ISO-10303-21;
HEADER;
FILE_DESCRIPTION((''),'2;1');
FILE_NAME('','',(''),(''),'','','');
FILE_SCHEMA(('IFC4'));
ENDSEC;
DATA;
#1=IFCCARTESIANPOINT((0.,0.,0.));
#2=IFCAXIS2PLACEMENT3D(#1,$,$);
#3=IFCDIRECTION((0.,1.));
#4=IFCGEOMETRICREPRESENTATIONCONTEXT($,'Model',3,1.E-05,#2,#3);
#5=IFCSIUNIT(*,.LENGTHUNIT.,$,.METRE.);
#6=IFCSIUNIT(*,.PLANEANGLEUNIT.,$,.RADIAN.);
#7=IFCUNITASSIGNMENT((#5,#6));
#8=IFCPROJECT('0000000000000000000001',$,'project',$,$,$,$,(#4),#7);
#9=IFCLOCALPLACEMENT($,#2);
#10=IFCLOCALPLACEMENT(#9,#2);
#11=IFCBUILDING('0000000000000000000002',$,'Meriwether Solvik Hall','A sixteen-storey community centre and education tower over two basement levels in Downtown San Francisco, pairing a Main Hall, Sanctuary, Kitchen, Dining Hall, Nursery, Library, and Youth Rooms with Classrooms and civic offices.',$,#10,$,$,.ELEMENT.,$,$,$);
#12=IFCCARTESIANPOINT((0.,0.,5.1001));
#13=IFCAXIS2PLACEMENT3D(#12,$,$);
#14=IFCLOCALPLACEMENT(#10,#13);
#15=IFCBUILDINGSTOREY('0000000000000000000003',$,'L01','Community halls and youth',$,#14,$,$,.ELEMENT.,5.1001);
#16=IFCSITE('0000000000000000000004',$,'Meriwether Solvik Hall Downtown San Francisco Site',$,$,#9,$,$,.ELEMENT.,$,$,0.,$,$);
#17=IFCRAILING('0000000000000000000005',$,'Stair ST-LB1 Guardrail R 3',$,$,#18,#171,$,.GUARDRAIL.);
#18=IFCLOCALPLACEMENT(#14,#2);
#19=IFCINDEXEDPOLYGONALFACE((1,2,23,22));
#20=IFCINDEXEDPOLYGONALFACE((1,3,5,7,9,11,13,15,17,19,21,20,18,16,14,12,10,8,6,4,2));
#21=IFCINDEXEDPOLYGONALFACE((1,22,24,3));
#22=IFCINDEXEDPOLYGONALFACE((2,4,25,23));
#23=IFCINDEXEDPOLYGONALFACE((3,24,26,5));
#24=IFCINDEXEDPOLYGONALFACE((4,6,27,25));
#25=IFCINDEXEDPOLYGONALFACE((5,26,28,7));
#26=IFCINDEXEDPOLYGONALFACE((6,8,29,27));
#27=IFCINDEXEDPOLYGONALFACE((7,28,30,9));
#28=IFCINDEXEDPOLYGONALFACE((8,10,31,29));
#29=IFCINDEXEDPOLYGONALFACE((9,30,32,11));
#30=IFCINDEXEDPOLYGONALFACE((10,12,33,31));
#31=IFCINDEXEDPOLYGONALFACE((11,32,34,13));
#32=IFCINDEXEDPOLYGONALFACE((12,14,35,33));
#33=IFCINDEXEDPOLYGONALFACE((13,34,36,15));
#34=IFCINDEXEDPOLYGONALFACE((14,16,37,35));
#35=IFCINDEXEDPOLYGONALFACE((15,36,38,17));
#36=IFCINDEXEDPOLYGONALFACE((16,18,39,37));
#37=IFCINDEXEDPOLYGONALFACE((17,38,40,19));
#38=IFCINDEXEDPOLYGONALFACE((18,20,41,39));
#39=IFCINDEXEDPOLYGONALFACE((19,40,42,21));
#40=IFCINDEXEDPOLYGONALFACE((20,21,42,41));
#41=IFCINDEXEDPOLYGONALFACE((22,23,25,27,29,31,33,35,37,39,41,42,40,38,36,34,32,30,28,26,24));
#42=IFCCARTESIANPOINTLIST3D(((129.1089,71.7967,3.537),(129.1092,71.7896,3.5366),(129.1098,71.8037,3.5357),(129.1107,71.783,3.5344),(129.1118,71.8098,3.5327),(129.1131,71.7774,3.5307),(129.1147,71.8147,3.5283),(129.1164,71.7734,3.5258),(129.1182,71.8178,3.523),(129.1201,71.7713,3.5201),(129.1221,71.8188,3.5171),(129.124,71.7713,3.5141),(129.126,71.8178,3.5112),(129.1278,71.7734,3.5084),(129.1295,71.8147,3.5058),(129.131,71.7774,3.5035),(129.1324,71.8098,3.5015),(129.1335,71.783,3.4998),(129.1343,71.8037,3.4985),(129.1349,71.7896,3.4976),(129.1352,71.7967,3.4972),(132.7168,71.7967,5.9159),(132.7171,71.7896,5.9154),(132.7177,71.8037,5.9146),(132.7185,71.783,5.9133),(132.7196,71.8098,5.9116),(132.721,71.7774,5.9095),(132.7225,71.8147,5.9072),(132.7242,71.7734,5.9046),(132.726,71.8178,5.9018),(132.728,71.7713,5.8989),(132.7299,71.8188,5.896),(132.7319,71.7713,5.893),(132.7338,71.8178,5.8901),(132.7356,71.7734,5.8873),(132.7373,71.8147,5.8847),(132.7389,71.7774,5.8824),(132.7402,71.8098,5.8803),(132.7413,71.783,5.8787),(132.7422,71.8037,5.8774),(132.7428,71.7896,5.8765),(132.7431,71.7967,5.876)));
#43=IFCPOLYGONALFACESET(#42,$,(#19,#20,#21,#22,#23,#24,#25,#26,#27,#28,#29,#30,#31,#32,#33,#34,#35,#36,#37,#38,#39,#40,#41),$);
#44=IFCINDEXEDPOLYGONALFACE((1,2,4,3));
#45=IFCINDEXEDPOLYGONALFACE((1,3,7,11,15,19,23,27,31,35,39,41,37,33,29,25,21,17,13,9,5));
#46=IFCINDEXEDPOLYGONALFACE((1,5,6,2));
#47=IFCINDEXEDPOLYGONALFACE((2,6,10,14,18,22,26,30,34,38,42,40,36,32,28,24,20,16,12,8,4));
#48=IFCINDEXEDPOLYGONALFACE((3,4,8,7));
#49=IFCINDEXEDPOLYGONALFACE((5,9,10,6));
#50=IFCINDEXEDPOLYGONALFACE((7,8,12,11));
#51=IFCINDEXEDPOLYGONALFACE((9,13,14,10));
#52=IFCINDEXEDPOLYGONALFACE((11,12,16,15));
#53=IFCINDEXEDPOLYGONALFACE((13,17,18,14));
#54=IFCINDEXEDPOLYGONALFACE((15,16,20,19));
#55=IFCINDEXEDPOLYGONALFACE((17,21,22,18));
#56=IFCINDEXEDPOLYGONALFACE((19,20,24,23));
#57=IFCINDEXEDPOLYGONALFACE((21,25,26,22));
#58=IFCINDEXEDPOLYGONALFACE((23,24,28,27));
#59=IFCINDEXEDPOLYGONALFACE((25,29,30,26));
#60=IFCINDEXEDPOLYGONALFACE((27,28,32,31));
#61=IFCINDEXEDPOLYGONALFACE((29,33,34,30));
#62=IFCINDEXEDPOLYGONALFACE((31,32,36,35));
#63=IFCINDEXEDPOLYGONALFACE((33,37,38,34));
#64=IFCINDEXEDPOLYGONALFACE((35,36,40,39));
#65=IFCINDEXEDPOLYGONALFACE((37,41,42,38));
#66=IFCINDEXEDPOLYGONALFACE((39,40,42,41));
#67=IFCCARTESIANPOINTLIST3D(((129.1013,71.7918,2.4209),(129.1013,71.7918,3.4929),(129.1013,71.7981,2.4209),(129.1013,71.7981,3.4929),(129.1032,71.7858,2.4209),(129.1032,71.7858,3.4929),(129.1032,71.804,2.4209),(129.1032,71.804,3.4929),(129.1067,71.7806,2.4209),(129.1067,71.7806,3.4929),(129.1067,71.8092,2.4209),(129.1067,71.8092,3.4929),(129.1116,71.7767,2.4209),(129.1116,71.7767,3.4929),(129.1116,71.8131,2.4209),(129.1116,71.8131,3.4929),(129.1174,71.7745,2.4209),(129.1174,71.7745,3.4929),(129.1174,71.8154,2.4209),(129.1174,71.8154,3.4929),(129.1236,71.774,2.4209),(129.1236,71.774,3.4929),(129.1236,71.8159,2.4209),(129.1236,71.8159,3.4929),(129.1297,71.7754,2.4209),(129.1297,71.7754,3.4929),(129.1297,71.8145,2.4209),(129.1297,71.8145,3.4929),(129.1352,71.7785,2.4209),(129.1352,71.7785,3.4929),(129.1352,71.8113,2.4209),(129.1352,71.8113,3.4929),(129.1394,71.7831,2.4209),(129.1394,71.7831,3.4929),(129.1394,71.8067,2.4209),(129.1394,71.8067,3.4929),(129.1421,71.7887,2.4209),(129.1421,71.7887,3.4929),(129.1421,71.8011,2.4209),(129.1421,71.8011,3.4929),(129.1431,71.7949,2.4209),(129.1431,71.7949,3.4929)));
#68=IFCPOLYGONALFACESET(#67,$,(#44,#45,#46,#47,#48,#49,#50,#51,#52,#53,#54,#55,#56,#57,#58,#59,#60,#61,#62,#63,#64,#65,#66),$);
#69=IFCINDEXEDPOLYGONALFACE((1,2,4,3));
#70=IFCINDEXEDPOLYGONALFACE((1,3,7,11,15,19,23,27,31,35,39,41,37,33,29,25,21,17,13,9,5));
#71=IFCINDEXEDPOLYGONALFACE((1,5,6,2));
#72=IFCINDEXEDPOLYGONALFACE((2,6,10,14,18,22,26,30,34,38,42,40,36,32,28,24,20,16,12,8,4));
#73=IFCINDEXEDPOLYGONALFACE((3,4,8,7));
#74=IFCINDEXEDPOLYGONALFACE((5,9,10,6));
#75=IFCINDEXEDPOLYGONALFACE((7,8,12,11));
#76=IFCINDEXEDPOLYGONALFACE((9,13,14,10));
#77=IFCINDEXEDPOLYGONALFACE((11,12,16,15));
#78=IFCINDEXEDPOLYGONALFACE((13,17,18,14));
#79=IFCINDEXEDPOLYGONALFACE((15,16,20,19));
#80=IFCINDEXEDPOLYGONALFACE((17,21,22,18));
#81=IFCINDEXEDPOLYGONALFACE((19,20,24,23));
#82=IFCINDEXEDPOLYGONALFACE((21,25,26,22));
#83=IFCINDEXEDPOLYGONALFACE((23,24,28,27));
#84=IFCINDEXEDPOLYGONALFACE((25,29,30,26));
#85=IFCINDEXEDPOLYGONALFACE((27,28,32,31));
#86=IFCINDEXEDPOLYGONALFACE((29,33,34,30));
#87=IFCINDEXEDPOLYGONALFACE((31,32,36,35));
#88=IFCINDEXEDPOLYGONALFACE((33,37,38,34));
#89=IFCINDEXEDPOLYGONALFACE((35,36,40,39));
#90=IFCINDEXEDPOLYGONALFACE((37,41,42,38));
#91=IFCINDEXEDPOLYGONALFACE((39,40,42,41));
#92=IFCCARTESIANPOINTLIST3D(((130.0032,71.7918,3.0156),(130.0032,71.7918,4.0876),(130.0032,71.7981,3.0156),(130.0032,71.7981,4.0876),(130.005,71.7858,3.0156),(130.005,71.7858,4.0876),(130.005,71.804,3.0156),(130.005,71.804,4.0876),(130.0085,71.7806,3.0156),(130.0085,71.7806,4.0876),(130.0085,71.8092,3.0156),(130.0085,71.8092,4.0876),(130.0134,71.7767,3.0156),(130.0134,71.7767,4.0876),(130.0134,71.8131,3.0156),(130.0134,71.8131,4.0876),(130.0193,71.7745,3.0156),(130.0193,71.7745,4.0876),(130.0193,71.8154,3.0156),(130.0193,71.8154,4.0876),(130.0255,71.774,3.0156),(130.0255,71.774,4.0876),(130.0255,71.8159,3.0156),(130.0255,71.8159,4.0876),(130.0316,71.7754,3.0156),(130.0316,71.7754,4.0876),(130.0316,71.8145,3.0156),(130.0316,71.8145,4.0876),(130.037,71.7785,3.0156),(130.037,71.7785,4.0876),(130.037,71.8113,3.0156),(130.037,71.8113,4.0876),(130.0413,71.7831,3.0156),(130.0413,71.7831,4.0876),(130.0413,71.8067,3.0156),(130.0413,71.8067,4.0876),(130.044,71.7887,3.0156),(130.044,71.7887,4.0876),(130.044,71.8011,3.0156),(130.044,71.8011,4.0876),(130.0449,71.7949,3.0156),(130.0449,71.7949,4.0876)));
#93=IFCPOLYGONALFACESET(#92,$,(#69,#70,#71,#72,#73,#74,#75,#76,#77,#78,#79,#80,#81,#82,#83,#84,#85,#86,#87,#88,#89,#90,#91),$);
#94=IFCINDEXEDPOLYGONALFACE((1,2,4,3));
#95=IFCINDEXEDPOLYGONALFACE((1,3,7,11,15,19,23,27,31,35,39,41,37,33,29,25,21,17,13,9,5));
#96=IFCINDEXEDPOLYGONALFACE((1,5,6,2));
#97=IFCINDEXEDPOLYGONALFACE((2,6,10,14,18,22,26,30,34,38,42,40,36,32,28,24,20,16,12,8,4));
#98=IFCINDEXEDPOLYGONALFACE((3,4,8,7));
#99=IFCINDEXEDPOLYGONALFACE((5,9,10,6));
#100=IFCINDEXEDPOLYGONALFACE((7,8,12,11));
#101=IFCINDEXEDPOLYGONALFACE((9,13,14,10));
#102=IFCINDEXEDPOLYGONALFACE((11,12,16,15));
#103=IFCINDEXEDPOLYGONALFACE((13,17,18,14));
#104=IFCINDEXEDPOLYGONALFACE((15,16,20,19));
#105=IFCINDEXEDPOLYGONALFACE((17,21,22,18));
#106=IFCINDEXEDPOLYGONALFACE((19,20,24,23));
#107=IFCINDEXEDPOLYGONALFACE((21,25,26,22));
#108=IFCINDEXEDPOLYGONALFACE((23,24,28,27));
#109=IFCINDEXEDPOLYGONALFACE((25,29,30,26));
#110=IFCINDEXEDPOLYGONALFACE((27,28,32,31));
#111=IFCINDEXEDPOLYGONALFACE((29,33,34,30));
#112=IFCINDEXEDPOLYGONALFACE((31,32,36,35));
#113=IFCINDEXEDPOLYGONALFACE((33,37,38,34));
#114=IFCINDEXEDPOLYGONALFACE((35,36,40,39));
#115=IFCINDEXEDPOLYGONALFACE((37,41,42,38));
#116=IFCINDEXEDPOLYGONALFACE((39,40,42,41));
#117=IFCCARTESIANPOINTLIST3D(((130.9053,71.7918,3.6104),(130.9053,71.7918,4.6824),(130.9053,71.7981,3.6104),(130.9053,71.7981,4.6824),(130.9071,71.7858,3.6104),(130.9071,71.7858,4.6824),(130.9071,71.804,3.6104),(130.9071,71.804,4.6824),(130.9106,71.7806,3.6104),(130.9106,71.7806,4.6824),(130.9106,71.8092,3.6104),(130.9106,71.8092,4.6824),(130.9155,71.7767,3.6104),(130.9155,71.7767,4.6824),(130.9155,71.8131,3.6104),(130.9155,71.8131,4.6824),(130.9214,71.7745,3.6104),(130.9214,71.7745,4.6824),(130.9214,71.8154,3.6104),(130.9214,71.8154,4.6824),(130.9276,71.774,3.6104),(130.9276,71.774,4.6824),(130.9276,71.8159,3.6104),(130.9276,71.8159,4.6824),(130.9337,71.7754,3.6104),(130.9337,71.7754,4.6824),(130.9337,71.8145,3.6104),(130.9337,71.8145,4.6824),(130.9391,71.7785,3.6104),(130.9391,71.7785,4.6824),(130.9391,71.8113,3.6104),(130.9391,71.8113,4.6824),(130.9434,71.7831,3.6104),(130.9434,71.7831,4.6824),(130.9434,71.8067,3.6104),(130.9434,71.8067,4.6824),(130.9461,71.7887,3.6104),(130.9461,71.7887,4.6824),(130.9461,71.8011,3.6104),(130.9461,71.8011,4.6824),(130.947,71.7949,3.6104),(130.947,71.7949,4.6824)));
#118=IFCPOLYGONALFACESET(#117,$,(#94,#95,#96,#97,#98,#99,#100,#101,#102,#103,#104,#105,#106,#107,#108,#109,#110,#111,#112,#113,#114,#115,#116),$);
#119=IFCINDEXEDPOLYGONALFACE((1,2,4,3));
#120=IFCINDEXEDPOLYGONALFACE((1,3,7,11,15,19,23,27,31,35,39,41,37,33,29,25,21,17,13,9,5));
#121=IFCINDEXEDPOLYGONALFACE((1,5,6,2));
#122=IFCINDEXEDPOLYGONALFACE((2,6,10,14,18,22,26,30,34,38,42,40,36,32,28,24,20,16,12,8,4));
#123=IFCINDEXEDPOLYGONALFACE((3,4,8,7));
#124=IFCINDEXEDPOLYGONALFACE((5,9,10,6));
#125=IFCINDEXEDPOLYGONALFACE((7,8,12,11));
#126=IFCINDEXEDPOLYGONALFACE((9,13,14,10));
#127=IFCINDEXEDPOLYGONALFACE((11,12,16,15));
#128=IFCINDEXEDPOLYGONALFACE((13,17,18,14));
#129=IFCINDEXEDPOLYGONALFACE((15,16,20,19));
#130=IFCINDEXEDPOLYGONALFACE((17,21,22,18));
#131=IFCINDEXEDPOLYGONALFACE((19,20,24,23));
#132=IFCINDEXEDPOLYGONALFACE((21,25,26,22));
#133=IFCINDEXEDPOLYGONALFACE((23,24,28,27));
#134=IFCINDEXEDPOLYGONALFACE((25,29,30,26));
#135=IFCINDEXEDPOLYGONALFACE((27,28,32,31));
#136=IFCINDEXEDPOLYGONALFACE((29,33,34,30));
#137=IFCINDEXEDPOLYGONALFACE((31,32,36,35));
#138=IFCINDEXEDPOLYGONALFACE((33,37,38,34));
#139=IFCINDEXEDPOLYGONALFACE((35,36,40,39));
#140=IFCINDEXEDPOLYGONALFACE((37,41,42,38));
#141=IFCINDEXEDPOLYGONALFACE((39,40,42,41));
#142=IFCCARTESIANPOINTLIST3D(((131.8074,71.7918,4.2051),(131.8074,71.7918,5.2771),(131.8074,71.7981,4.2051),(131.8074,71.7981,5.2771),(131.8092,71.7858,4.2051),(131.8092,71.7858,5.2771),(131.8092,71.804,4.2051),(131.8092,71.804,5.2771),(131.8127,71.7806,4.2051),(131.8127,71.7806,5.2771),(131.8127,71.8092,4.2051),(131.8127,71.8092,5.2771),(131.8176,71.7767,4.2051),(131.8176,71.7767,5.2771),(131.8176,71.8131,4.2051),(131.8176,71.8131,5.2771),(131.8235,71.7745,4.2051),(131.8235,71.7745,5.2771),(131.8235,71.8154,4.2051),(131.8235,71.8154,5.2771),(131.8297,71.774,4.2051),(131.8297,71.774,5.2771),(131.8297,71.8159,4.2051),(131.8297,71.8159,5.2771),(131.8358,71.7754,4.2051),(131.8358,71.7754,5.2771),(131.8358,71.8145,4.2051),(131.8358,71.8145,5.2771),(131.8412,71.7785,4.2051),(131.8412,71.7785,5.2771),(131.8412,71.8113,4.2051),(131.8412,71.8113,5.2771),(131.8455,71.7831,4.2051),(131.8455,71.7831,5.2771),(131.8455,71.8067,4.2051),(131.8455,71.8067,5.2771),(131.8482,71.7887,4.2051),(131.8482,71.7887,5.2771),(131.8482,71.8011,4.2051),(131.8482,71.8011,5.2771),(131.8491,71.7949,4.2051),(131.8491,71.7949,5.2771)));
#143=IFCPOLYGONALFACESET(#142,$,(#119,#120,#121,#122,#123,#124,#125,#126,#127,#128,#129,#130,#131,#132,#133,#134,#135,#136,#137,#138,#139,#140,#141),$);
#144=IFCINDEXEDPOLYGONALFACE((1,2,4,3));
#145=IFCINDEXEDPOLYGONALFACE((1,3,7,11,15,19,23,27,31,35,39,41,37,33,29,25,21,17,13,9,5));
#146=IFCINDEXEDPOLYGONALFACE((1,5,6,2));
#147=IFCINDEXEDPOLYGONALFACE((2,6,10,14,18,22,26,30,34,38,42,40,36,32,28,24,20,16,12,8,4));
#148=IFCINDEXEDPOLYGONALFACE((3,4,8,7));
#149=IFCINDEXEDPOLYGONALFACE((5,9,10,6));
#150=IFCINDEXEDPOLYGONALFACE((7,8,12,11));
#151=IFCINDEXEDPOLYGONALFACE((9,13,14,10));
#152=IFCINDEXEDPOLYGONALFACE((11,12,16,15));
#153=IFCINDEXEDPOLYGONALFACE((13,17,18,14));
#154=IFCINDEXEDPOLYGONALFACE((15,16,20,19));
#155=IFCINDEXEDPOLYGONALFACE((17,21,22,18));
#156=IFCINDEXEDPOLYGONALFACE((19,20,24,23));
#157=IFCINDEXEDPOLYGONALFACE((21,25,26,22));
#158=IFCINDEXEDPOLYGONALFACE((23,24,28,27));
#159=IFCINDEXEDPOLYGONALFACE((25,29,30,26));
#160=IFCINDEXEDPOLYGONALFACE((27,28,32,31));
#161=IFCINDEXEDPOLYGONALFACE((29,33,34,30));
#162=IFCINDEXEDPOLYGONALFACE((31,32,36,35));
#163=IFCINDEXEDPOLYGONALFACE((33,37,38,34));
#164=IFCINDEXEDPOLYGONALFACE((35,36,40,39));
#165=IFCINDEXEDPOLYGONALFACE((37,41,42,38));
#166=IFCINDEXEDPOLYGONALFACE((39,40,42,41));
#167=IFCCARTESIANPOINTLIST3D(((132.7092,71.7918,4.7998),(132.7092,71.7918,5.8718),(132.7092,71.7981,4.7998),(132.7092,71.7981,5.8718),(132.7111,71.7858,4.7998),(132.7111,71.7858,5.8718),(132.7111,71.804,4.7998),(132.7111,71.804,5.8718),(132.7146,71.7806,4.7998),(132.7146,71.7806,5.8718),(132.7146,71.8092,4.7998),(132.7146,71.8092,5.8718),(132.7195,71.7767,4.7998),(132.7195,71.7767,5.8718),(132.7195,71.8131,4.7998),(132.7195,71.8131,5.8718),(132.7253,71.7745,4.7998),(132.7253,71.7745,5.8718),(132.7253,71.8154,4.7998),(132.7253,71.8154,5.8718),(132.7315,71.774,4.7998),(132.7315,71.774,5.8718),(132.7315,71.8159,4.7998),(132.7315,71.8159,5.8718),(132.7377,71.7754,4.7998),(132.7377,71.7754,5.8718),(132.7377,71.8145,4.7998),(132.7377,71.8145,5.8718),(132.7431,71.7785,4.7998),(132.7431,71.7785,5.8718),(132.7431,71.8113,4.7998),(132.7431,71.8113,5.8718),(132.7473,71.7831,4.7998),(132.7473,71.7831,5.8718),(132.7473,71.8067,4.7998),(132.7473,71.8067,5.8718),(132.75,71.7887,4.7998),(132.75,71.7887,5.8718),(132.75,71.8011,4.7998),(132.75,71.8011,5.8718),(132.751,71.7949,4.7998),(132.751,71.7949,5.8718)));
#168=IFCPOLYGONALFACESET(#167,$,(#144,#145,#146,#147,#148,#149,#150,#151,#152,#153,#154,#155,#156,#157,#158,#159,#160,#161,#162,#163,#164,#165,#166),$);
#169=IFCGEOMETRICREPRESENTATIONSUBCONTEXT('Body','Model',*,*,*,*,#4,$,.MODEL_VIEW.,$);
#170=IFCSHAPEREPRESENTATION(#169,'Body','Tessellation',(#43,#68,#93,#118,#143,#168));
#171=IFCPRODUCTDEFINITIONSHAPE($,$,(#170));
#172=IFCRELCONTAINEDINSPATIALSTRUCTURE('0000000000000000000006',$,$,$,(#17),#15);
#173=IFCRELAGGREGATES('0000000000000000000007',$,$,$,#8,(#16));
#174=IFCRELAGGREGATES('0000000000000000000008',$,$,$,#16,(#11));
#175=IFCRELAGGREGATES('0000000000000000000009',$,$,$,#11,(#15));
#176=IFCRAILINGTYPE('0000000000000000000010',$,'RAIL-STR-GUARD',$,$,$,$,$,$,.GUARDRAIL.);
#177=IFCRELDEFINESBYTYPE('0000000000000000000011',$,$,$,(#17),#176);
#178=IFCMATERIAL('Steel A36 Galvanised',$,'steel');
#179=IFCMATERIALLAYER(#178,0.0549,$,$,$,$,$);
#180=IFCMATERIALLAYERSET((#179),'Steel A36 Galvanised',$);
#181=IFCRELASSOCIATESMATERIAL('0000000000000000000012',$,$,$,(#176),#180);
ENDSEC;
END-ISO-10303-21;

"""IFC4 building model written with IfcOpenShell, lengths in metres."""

from ifc_helpers import new_model, si_unit, direction, frame, origin, origin_2d, place, context, subcontext, project, spatial, circle, extrude, material, layer, layer_set, type_object, element, save


model = new_model("IFC4")

# Units and contexts
model_context = context("Model", 3, precision=1e-05, world=origin(), true_north=direction((0.0, 1.0)))
body_context = subcontext(model_context, "Body", "Model", "MODEL_VIEW")
ifc_project = project(units=[si_unit("LENGTHUNIT", "METRE"), si_unit("PLANEANGLEUNIT", "RADIAN")], contexts=[model_context])

# Site, building, storey
site_placement = place(None, origin())
site = spatial("IfcSite", under=ifc_project, at=site_placement, Name="Meriwether Solvik Hall Downtown San Francisco Site", CompositionType="ELEMENT", RefElevation=0.0)
building_placement = place(site_placement, origin())
building = spatial("IfcBuilding", under=site, at=building_placement, Name="Meriwether Solvik Hall", Description="A sixteen-storey community centre and education tower over two basement levels in Downtown San Francisco, pairing a Main Hall, Sanctuary, Kitchen, Dining Hall, Nursery, Library, and Youth Rooms with Classrooms and civic offices.", CompositionType="ELEMENT")
storey_placement = place(building_placement, frame((0.0, 0.0, 5.1001)))
storey = spatial("IfcBuildingStorey", under=building, at=storey_placement, Name="L01", Description="Community halls and youth", CompositionType="ELEMENT", Elevation=5.1001)

# Railing
ifc_material_1 = material(Name="Steel A36 Galvanised", Category="steel")
ifc_layer_1 = layer(ifc_material_1, 0.0549)
ifc_layer_set_1 = layer_set([ifc_layer_1], Name="Steel A36 Galvanised")
railing_type_1 = type_object("IfcRailingType", Name="RAIL-STR-GUARD", PredefinedType="GUARDRAIL", material=ifc_layer_set_1)
railing_1_placement = place(storey_placement, frame((129.1221, 71.7949, 2.4209)))
element("IfcRailing", 1, at=railing_1_placement, inside=storey, type_object=railing_type_1, Name="Stair ST-LB1 Guardrail R 3", PredefinedType="GUARDRAIL", context=body_context, shape_type="SweptSolid", body=[
    extrude(circle(Radius=0.0239, at=origin_2d()), frame((0.0, 0.0, 1.0962), z_axis=(0.834856, 0.0, 0.550469), x_axis=(0.0, 1.0, 0.0)), (0.0, 0.0, 1.0), 4.3215),
    extrude(circle(Radius=0.021, at=origin_2d()), origin(), (0.0, 0.0, 1.0), 1.072),
    extrude(circle(Radius=0.021, at=origin_2d()), frame((0.9019, 0.0, 0.5947)), (0.0, 0.0, 1.0), 1.072),
    extrude(circle(Radius=0.021, at=origin_2d()), frame((1.804, 0.0, 1.1895)), (0.0, 0.0, 1.0), 1.072),
    extrude(circle(Radius=0.021, at=origin_2d()), frame((2.7061, 0.0, 1.7842)), (0.0, 0.0, 1.0), 1.072),
    extrude(circle(Radius=0.021, at=origin_2d()), frame((3.6079, 0.0, 2.3789)), (0.0, 0.0, 1.0), 1.072),
])

save(model, "model.ifc")
